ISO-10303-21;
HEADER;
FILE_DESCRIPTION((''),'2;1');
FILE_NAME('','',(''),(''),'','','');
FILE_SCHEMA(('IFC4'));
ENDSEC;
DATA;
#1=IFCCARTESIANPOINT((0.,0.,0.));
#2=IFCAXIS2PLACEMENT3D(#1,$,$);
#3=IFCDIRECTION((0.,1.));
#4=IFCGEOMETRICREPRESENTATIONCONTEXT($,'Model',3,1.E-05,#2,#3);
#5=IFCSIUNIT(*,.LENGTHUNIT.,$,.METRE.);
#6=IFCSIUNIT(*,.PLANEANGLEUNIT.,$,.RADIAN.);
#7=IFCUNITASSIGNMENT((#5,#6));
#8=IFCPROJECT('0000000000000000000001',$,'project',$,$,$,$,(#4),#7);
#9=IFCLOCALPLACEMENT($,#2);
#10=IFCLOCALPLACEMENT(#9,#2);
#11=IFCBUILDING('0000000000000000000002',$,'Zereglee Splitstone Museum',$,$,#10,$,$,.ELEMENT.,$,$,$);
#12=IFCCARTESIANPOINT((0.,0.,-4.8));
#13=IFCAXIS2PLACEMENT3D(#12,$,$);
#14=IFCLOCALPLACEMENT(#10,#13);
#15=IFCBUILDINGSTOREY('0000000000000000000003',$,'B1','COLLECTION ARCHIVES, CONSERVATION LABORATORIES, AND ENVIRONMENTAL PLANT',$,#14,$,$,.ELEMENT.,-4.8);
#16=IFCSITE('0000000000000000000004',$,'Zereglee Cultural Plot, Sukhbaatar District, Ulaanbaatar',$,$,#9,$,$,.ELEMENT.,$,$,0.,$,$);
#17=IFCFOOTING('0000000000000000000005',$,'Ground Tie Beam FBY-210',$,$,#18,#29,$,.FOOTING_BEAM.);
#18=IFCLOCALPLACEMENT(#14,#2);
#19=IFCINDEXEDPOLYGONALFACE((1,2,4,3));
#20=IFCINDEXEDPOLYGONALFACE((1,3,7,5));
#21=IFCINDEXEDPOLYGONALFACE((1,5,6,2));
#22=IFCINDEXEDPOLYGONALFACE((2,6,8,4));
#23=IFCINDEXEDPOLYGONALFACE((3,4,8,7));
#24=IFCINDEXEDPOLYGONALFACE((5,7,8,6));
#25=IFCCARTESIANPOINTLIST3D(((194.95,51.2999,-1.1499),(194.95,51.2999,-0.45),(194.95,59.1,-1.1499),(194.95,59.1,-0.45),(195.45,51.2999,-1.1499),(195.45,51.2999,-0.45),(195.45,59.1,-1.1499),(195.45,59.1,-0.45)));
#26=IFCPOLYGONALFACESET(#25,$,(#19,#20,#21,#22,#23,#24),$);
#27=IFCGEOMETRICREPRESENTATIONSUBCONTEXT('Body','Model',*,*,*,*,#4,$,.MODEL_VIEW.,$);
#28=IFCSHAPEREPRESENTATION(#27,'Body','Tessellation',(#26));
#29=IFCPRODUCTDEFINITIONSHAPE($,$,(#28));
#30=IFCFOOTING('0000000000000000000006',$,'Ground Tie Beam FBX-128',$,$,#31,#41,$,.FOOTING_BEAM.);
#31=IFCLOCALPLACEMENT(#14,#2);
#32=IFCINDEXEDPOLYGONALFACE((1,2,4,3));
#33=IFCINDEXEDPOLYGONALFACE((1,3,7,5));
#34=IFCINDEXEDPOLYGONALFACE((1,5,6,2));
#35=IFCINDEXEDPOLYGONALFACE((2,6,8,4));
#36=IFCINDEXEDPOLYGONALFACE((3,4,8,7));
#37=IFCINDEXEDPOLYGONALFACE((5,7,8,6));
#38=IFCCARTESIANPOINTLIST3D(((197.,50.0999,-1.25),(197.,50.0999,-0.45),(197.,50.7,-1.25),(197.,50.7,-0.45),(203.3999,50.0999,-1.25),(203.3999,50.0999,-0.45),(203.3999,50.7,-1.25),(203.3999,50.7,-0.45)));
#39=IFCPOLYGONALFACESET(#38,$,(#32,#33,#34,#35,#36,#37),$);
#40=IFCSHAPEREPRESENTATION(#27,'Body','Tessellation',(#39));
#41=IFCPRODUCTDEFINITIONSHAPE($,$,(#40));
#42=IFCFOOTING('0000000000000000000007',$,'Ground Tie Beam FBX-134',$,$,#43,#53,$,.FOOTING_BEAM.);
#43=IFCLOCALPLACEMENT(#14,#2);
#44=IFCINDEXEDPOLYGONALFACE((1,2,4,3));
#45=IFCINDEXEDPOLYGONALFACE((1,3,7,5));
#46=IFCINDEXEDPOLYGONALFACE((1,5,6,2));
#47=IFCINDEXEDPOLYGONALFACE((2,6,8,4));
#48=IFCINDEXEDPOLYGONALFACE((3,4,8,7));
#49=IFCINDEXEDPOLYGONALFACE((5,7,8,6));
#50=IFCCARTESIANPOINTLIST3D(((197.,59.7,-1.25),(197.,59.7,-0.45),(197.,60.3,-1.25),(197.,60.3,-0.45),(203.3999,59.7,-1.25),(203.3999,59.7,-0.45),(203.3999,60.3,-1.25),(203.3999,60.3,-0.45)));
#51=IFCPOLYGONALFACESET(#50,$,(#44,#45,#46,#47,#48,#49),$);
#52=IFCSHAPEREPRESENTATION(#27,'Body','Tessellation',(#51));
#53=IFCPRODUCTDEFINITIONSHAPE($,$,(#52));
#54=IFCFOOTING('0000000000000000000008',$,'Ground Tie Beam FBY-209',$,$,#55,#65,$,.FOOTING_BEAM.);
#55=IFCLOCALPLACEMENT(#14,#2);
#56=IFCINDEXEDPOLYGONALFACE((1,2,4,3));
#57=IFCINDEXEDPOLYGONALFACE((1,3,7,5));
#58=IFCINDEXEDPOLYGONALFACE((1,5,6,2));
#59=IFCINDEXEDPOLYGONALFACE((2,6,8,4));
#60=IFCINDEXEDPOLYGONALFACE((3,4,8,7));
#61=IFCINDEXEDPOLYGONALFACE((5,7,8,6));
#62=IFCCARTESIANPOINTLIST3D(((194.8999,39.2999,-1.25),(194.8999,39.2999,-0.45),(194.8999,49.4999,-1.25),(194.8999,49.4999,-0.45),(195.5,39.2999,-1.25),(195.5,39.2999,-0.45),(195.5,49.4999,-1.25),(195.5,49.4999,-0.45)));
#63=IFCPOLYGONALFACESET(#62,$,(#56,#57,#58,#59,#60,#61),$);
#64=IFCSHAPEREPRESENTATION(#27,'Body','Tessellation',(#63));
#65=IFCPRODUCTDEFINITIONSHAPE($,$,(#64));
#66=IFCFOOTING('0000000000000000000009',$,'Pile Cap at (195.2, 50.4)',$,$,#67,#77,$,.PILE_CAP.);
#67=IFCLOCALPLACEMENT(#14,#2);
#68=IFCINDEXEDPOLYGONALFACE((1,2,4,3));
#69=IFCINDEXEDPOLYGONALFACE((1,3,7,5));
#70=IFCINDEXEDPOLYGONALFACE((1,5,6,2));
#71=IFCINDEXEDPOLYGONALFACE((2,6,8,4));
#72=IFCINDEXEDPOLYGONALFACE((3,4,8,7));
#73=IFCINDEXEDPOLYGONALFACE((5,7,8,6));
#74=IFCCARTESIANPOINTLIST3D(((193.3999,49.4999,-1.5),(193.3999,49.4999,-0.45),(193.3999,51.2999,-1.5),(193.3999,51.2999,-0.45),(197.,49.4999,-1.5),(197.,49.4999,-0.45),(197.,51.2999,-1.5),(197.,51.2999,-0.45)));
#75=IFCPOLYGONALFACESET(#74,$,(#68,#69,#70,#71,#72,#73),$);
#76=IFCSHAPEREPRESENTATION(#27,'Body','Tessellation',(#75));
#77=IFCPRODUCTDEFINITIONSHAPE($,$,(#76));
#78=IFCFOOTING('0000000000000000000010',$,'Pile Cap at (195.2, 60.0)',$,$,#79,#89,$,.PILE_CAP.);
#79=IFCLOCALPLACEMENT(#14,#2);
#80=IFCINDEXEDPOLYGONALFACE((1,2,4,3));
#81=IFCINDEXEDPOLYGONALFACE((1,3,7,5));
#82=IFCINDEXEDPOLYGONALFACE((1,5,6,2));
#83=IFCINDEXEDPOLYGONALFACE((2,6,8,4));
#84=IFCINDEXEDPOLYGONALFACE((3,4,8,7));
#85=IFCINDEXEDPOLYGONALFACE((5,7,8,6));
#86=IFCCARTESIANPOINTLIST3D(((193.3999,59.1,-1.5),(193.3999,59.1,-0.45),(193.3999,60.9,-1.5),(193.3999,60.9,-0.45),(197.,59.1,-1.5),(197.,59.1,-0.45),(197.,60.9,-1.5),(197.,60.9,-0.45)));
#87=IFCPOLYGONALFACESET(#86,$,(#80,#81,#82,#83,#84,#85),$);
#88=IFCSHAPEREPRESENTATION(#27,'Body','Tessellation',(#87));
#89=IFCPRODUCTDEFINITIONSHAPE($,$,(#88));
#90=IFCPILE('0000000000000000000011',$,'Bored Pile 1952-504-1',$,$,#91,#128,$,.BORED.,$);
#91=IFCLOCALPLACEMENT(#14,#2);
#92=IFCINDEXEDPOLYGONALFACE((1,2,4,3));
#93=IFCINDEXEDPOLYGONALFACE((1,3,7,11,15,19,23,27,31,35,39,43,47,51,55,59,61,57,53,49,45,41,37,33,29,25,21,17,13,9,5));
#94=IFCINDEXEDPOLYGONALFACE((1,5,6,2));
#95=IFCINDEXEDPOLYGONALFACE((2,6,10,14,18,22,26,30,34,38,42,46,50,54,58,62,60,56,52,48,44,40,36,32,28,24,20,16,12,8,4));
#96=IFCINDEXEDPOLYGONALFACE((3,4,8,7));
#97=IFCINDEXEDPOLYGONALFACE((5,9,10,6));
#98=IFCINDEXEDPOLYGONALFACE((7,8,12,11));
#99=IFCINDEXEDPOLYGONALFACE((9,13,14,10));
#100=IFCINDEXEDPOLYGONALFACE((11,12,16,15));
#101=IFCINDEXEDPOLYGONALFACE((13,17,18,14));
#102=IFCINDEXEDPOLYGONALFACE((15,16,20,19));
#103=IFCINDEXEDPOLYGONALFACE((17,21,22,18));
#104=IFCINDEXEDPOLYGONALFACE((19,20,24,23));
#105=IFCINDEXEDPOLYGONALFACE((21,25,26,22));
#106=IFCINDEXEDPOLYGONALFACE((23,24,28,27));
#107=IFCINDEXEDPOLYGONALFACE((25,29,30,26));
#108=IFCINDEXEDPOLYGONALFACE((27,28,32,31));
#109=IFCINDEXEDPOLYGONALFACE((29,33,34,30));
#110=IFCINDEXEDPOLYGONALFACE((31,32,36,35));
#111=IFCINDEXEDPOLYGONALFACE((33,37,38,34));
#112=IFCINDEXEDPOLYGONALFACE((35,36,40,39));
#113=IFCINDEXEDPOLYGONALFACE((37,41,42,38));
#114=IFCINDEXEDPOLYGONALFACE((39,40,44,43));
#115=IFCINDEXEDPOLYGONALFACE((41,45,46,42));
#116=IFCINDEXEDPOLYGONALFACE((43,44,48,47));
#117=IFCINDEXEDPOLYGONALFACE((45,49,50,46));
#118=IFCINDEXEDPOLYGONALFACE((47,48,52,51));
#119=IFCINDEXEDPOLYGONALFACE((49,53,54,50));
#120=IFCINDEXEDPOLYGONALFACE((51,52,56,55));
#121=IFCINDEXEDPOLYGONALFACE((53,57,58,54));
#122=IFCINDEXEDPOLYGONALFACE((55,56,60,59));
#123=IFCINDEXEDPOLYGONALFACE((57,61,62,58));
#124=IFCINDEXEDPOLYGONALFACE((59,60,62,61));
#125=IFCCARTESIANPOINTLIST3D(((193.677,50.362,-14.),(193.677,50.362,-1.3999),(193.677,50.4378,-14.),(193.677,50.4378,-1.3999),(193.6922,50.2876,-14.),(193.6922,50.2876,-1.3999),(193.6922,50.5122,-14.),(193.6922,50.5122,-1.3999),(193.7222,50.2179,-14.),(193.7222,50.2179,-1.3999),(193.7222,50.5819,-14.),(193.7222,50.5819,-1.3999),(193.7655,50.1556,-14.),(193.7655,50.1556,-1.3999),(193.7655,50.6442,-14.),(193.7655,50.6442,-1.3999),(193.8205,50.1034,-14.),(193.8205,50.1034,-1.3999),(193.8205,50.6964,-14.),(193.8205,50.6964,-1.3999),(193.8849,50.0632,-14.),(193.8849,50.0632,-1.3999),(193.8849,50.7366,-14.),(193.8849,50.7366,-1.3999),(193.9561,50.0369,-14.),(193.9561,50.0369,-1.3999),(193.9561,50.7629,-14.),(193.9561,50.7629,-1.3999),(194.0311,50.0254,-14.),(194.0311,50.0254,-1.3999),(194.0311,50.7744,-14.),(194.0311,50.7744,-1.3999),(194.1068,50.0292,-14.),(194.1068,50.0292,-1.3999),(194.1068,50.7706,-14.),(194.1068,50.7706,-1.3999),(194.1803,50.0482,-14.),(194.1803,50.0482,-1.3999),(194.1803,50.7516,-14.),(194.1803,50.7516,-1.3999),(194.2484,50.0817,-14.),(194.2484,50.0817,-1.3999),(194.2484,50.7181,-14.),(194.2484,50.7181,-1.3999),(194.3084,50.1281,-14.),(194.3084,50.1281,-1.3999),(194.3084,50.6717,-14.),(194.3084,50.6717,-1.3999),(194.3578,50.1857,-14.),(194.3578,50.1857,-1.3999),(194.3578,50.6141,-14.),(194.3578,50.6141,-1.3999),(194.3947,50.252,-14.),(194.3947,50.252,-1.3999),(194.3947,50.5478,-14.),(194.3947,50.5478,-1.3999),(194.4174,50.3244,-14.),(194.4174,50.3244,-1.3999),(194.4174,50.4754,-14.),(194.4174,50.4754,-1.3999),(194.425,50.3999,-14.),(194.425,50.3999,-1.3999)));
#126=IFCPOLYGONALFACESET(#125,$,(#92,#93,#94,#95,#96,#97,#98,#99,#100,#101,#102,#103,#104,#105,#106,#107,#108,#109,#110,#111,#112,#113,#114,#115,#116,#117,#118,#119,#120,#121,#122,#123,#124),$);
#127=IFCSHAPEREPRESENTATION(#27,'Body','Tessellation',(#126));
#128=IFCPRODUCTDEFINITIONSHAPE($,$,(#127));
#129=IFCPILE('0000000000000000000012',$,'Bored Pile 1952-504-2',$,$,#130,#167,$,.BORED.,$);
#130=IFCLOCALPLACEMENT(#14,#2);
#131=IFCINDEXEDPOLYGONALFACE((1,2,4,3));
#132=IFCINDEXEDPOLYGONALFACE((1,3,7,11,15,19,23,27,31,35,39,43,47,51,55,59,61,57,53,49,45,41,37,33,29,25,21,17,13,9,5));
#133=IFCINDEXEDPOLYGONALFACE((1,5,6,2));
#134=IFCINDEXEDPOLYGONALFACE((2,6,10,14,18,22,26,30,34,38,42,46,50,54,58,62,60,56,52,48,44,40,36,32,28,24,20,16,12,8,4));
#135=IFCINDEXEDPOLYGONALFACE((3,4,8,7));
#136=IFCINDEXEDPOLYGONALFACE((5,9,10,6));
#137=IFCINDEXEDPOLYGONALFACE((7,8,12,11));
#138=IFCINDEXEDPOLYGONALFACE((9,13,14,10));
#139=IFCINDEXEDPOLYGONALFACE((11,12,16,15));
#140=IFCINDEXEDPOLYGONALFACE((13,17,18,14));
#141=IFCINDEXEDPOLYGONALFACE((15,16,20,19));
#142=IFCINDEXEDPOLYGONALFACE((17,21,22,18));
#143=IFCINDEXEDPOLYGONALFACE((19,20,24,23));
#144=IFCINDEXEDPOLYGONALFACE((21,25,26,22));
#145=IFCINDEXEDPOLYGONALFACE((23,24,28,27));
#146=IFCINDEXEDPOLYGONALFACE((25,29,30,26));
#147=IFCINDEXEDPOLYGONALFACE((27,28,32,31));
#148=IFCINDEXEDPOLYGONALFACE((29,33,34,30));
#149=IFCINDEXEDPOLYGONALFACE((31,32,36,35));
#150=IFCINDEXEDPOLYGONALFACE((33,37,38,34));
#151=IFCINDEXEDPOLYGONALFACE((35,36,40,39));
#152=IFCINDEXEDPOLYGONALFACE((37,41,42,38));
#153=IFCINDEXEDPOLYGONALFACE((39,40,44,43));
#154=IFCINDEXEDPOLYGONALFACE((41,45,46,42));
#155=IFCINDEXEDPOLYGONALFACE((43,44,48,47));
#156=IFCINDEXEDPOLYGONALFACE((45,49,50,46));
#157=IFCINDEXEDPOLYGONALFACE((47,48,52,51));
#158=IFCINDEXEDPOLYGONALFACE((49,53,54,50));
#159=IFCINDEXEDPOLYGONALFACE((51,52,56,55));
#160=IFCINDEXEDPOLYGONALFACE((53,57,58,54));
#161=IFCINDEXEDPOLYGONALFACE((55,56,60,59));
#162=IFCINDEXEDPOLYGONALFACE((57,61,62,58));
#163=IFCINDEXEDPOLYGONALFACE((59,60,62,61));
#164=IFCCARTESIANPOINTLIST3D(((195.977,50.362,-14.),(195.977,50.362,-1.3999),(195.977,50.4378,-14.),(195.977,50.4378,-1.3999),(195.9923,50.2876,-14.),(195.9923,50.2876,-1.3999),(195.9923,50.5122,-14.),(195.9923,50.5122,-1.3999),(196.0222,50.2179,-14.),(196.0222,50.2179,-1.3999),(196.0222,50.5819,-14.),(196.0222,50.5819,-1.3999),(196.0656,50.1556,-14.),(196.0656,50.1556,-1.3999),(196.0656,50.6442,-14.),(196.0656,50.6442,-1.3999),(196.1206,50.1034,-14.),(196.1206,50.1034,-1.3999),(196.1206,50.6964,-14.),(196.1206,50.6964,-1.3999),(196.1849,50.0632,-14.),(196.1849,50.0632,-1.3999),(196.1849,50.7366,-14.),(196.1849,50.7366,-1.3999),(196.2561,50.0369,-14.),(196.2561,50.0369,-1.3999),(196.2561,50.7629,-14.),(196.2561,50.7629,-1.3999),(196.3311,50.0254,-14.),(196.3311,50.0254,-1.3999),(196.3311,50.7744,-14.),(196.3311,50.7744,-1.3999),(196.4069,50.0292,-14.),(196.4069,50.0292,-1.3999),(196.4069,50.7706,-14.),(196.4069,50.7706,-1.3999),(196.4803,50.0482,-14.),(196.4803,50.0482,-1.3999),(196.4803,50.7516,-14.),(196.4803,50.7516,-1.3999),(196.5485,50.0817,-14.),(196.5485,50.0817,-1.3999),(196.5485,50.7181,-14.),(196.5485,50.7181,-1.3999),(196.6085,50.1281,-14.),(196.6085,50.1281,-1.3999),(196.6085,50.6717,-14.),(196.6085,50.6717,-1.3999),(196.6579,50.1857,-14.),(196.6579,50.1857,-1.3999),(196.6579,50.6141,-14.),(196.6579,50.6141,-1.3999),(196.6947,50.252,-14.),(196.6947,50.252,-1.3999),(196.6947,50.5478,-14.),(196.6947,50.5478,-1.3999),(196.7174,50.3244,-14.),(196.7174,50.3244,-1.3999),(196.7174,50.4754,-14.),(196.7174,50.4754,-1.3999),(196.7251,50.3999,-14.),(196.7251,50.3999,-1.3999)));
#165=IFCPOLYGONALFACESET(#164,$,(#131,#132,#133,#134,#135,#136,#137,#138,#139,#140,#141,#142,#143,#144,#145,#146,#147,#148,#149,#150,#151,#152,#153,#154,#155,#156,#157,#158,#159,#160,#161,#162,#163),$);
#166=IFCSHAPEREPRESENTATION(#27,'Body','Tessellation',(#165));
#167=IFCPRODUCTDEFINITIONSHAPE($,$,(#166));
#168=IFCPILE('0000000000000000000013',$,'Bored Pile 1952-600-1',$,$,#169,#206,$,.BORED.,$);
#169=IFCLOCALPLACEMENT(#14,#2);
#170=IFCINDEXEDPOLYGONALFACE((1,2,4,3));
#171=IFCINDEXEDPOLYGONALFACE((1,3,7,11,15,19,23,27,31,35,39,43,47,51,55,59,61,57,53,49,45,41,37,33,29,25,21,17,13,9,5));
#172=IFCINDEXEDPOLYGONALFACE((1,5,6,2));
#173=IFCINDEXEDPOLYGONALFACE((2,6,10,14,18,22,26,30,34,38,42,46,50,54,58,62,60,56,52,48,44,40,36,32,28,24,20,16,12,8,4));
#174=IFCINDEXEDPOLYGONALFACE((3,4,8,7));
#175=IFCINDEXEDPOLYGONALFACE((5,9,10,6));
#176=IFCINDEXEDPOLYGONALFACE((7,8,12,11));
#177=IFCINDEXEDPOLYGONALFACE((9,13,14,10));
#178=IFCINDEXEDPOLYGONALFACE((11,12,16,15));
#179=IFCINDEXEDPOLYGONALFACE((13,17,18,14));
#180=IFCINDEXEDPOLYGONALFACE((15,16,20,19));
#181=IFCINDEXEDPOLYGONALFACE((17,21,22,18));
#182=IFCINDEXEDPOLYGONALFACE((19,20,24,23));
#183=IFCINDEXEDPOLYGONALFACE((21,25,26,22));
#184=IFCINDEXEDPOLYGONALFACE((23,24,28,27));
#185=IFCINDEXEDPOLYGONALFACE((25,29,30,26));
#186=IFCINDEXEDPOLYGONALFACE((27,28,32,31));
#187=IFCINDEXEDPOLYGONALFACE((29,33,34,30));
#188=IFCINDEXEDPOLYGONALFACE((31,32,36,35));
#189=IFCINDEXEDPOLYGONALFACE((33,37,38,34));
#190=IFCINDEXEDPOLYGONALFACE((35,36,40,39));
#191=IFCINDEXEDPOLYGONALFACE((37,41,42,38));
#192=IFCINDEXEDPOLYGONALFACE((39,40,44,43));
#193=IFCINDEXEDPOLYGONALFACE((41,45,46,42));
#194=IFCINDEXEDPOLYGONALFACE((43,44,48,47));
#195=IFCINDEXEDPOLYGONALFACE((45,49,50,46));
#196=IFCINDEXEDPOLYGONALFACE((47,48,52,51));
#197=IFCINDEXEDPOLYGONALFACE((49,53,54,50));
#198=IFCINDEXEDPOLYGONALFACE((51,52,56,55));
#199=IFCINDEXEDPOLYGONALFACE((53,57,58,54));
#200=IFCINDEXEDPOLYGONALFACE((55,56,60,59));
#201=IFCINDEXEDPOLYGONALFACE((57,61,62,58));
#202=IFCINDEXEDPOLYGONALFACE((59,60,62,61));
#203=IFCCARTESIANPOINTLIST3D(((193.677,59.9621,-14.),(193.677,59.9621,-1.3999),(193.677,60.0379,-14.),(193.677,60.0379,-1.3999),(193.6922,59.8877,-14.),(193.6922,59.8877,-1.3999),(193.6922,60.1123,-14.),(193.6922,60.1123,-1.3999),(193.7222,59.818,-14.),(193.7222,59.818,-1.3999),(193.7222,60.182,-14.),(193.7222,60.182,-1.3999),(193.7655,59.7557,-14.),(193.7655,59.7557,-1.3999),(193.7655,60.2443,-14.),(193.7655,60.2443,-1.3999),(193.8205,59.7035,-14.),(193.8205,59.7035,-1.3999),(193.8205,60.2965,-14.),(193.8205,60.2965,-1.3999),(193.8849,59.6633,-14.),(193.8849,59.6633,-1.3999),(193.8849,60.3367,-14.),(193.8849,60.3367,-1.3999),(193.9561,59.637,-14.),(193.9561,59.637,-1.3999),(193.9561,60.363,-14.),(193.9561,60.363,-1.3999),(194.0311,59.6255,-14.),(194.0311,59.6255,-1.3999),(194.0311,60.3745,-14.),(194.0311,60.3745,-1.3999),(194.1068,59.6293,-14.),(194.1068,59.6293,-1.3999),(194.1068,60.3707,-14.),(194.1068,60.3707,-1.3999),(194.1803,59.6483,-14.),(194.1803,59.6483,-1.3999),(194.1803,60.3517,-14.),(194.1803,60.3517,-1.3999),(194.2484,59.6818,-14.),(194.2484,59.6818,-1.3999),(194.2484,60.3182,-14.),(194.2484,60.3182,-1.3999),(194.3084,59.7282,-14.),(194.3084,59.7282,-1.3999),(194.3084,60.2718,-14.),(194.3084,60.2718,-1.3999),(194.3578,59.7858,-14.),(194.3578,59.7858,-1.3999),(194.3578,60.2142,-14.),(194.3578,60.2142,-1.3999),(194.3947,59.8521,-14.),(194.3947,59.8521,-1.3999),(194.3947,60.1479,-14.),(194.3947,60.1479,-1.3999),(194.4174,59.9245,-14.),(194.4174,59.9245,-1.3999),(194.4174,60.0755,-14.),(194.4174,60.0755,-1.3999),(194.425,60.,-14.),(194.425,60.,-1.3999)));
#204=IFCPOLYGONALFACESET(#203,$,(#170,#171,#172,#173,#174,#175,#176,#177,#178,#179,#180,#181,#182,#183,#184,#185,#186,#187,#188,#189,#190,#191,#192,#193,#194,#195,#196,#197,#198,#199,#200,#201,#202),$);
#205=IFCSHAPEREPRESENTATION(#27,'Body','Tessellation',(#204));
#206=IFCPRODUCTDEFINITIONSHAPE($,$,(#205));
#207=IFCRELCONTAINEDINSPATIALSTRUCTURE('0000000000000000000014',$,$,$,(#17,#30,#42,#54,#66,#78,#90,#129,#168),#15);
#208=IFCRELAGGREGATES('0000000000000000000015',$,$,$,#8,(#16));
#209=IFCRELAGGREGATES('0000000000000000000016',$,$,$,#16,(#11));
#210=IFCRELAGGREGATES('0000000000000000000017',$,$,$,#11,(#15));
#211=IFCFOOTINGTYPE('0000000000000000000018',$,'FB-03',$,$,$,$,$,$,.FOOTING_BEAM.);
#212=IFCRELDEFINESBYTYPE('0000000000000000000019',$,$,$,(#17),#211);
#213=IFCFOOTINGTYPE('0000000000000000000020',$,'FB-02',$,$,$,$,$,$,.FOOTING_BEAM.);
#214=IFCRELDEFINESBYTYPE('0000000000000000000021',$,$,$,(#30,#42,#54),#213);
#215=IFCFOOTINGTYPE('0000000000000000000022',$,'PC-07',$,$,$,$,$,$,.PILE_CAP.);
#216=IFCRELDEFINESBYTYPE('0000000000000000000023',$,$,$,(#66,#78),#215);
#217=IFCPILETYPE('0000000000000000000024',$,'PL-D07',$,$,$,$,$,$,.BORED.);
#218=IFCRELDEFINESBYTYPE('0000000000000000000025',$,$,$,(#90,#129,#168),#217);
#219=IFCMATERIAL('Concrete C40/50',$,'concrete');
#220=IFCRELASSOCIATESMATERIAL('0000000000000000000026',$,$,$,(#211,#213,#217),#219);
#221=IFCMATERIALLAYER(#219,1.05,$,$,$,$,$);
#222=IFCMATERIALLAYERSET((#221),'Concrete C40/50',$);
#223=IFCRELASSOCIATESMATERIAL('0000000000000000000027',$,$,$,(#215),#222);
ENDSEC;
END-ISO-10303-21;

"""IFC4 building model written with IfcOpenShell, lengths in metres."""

from ifc_helpers import new_model, si_unit, direction, frame, origin, origin_2d, place, context, subcontext, project, spatial, rectangle, circle, extrude, material, layer, layer_set, material_profile, profile_set, type_object, element, save


model = new_model("IFC4")

# Units and contexts
model_context = context("Model", 3, precision=1e-05, world=origin(), true_north=direction((0.0, 1.0)))
body_context = subcontext(model_context, "Body", "Model", "MODEL_VIEW")
ifc_project = project(units=[si_unit("LENGTHUNIT", "METRE"), si_unit("PLANEANGLEUNIT", "RADIAN")], contexts=[model_context])

# Site, building, storey
site_placement = place(None, origin())
site = spatial("IfcSite", under=ifc_project, at=site_placement, Name="Zereglee Cultural Plot, Sukhbaatar District, Ulaanbaatar", CompositionType="ELEMENT", RefElevation=0.0)
building_placement = place(site_placement, origin())
building = spatial("IfcBuilding", under=site, at=building_placement, Name="Zereglee Splitstone Museum", CompositionType="ELEMENT")
storey_placement = place(building_placement, frame((0.0, 0.0, -4.8)))
storey = spatial("IfcBuildingStorey", under=building, at=storey_placement, Name="B1", Description="COLLECTION ARCHIVES, CONSERVATION LABORATORIES, AND ENVIRONMENTAL PLANT", CompositionType="ELEMENT", Elevation=-4.8)

# Footings
ifc_material_1 = material(Name="Concrete C40/50", Category="concrete")
footing_type_1 = type_object("IfcFootingType", Name="FB-03", PredefinedType="FOOTING_BEAM", material=ifc_material_1)
footing_1_placement = place(storey_placement, frame((195.2, 55.2, -1.1499), z_axis=(0.0, 0.0, 1.0), x_axis=(0.0, 1.0, 0.0)))
element("IfcFooting", 1, at=footing_1_placement, inside=storey, type_object=footing_type_1, Name="Ground Tie Beam FBY-210", PredefinedType="FOOTING_BEAM", context=body_context, shape_type="SweptSolid", body=[
    extrude(rectangle(XDim=7.8, YDim=0.5, at=origin_2d()), origin(), (0.0, 0.0, 1.0), 0.7),
])
footing_type_2 = type_object("IfcFootingType", Name="FB-02", PredefinedType="FOOTING_BEAM", material=ifc_material_1)
for number, where, z_axis, x_axis, name in (
    (2, (200.2, 50.3999, -1.25), (0.0, 0.0, 1.0), (1.0, 0.0, 0.0), "Ground Tie Beam FBX-128"),
    (3, (200.2, 60.0, -1.25), (0.0, 0.0, 1.0), (1.0, 0.0, 0.0), "Ground Tie Beam FBX-134"),
):
    element("IfcFooting", number, at=place(storey_placement, frame(where, z_axis=z_axis, x_axis=x_axis)), inside=storey, type_object=footing_type_2, Name=name, PredefinedType="FOOTING_BEAM", context=body_context, shape_type="SweptSolid", body=[
        extrude(rectangle(XDim=6.3999, YDim=0.6001, at=origin_2d()), origin(), (0.0, 0.0, 1.0), 0.8),
    ])
footing_2_placement = place(storey_placement, frame((195.2, 44.3999, -1.25), z_axis=(0.0, 0.0, 1.0), x_axis=(0.0, 1.0, 0.0)))
element("IfcFooting", 4, at=footing_2_placement, inside=storey, type_object=footing_type_2, Name="Ground Tie Beam FBY-209", PredefinedType="FOOTING_BEAM", context=body_context, shape_type="SweptSolid", body=[
    extrude(rectangle(XDim=10.2, YDim=0.6001, at=origin_2d()), origin(), (0.0, 0.0, 1.0), 0.8),
])
ifc_layer_1 = layer(ifc_material_1, 1.05)
ifc_layer_set_1 = layer_set([ifc_layer_1], Name="Concrete C40/50")
footing_type_3 = type_object("IfcFootingType", Name="PC-07", PredefinedType="PILE_CAP", material=ifc_layer_set_1)
for number, where, z_axis, x_axis, name in (
    (5, (195.2, 50.3999, -1.5), (0.0, 0.0, 1.0), (1.0, 0.0, 0.0), "Pile Cap at (195.2, 50.4)"),
    (6, (195.2, 60.0, -1.5), (0.0, 0.0, 1.0), (1.0, 0.0, 0.0), "Pile Cap at (195.2, 60.0)"),
):
    element("IfcFooting", number, at=place(storey_placement, frame(where, z_axis=z_axis, x_axis=x_axis)), inside=storey, type_object=footing_type_3, Name=name, PredefinedType="PILE_CAP", context=body_context, shape_type="SweptSolid", body=[
        extrude(rectangle(XDim=3.6001, YDim=1.8, at=origin_2d()), origin(), (0.0, 0.0, 1.0), 1.05),
    ])

# Piles
ifc_material_profile_1 = material_profile(ifc_material_1, circle(Radius=0.375, at=origin_2d()), Name="PILE D750")
ifc_profile_set_1 = profile_set([ifc_material_profile_1], Name="Concrete C40/50")
pile_type = type_object("IfcPileType", Name="PL-D07", PredefinedType="BORED", material=ifc_profile_set_1)
for number, where, z_axis, x_axis, name in (
    (7, (194.05, 50.3999, -1.3999), (0.0, 0.0, -1.0), (1.0, 0.0, 0.0), "Bored Pile 1952-504-1"),
    (8, (196.3501, 50.3999, -1.3999), (0.0, 0.0, -1.0), (1.0, 0.0, 0.0), "Bored Pile 1952-504-2"),
    (9, (194.05, 60.0, -1.3999), (0.0, 0.0, -1.0), (1.0, 0.0, 0.0), "Bored Pile 1952-600-1"),
):
    element("IfcPile", number, at=place(storey_placement, frame(where, z_axis=z_axis, x_axis=x_axis)), inside=storey, type_object=pile_type, Name=name, PredefinedType="BORED", context=body_context, shape_type="SweptSolid", body=[
        extrude(circle(Radius=0.375, at=origin_2d()), origin(), (0.0, 0.0, 1.0), 12.6001),
    ])

save(model, "model.ifc")
